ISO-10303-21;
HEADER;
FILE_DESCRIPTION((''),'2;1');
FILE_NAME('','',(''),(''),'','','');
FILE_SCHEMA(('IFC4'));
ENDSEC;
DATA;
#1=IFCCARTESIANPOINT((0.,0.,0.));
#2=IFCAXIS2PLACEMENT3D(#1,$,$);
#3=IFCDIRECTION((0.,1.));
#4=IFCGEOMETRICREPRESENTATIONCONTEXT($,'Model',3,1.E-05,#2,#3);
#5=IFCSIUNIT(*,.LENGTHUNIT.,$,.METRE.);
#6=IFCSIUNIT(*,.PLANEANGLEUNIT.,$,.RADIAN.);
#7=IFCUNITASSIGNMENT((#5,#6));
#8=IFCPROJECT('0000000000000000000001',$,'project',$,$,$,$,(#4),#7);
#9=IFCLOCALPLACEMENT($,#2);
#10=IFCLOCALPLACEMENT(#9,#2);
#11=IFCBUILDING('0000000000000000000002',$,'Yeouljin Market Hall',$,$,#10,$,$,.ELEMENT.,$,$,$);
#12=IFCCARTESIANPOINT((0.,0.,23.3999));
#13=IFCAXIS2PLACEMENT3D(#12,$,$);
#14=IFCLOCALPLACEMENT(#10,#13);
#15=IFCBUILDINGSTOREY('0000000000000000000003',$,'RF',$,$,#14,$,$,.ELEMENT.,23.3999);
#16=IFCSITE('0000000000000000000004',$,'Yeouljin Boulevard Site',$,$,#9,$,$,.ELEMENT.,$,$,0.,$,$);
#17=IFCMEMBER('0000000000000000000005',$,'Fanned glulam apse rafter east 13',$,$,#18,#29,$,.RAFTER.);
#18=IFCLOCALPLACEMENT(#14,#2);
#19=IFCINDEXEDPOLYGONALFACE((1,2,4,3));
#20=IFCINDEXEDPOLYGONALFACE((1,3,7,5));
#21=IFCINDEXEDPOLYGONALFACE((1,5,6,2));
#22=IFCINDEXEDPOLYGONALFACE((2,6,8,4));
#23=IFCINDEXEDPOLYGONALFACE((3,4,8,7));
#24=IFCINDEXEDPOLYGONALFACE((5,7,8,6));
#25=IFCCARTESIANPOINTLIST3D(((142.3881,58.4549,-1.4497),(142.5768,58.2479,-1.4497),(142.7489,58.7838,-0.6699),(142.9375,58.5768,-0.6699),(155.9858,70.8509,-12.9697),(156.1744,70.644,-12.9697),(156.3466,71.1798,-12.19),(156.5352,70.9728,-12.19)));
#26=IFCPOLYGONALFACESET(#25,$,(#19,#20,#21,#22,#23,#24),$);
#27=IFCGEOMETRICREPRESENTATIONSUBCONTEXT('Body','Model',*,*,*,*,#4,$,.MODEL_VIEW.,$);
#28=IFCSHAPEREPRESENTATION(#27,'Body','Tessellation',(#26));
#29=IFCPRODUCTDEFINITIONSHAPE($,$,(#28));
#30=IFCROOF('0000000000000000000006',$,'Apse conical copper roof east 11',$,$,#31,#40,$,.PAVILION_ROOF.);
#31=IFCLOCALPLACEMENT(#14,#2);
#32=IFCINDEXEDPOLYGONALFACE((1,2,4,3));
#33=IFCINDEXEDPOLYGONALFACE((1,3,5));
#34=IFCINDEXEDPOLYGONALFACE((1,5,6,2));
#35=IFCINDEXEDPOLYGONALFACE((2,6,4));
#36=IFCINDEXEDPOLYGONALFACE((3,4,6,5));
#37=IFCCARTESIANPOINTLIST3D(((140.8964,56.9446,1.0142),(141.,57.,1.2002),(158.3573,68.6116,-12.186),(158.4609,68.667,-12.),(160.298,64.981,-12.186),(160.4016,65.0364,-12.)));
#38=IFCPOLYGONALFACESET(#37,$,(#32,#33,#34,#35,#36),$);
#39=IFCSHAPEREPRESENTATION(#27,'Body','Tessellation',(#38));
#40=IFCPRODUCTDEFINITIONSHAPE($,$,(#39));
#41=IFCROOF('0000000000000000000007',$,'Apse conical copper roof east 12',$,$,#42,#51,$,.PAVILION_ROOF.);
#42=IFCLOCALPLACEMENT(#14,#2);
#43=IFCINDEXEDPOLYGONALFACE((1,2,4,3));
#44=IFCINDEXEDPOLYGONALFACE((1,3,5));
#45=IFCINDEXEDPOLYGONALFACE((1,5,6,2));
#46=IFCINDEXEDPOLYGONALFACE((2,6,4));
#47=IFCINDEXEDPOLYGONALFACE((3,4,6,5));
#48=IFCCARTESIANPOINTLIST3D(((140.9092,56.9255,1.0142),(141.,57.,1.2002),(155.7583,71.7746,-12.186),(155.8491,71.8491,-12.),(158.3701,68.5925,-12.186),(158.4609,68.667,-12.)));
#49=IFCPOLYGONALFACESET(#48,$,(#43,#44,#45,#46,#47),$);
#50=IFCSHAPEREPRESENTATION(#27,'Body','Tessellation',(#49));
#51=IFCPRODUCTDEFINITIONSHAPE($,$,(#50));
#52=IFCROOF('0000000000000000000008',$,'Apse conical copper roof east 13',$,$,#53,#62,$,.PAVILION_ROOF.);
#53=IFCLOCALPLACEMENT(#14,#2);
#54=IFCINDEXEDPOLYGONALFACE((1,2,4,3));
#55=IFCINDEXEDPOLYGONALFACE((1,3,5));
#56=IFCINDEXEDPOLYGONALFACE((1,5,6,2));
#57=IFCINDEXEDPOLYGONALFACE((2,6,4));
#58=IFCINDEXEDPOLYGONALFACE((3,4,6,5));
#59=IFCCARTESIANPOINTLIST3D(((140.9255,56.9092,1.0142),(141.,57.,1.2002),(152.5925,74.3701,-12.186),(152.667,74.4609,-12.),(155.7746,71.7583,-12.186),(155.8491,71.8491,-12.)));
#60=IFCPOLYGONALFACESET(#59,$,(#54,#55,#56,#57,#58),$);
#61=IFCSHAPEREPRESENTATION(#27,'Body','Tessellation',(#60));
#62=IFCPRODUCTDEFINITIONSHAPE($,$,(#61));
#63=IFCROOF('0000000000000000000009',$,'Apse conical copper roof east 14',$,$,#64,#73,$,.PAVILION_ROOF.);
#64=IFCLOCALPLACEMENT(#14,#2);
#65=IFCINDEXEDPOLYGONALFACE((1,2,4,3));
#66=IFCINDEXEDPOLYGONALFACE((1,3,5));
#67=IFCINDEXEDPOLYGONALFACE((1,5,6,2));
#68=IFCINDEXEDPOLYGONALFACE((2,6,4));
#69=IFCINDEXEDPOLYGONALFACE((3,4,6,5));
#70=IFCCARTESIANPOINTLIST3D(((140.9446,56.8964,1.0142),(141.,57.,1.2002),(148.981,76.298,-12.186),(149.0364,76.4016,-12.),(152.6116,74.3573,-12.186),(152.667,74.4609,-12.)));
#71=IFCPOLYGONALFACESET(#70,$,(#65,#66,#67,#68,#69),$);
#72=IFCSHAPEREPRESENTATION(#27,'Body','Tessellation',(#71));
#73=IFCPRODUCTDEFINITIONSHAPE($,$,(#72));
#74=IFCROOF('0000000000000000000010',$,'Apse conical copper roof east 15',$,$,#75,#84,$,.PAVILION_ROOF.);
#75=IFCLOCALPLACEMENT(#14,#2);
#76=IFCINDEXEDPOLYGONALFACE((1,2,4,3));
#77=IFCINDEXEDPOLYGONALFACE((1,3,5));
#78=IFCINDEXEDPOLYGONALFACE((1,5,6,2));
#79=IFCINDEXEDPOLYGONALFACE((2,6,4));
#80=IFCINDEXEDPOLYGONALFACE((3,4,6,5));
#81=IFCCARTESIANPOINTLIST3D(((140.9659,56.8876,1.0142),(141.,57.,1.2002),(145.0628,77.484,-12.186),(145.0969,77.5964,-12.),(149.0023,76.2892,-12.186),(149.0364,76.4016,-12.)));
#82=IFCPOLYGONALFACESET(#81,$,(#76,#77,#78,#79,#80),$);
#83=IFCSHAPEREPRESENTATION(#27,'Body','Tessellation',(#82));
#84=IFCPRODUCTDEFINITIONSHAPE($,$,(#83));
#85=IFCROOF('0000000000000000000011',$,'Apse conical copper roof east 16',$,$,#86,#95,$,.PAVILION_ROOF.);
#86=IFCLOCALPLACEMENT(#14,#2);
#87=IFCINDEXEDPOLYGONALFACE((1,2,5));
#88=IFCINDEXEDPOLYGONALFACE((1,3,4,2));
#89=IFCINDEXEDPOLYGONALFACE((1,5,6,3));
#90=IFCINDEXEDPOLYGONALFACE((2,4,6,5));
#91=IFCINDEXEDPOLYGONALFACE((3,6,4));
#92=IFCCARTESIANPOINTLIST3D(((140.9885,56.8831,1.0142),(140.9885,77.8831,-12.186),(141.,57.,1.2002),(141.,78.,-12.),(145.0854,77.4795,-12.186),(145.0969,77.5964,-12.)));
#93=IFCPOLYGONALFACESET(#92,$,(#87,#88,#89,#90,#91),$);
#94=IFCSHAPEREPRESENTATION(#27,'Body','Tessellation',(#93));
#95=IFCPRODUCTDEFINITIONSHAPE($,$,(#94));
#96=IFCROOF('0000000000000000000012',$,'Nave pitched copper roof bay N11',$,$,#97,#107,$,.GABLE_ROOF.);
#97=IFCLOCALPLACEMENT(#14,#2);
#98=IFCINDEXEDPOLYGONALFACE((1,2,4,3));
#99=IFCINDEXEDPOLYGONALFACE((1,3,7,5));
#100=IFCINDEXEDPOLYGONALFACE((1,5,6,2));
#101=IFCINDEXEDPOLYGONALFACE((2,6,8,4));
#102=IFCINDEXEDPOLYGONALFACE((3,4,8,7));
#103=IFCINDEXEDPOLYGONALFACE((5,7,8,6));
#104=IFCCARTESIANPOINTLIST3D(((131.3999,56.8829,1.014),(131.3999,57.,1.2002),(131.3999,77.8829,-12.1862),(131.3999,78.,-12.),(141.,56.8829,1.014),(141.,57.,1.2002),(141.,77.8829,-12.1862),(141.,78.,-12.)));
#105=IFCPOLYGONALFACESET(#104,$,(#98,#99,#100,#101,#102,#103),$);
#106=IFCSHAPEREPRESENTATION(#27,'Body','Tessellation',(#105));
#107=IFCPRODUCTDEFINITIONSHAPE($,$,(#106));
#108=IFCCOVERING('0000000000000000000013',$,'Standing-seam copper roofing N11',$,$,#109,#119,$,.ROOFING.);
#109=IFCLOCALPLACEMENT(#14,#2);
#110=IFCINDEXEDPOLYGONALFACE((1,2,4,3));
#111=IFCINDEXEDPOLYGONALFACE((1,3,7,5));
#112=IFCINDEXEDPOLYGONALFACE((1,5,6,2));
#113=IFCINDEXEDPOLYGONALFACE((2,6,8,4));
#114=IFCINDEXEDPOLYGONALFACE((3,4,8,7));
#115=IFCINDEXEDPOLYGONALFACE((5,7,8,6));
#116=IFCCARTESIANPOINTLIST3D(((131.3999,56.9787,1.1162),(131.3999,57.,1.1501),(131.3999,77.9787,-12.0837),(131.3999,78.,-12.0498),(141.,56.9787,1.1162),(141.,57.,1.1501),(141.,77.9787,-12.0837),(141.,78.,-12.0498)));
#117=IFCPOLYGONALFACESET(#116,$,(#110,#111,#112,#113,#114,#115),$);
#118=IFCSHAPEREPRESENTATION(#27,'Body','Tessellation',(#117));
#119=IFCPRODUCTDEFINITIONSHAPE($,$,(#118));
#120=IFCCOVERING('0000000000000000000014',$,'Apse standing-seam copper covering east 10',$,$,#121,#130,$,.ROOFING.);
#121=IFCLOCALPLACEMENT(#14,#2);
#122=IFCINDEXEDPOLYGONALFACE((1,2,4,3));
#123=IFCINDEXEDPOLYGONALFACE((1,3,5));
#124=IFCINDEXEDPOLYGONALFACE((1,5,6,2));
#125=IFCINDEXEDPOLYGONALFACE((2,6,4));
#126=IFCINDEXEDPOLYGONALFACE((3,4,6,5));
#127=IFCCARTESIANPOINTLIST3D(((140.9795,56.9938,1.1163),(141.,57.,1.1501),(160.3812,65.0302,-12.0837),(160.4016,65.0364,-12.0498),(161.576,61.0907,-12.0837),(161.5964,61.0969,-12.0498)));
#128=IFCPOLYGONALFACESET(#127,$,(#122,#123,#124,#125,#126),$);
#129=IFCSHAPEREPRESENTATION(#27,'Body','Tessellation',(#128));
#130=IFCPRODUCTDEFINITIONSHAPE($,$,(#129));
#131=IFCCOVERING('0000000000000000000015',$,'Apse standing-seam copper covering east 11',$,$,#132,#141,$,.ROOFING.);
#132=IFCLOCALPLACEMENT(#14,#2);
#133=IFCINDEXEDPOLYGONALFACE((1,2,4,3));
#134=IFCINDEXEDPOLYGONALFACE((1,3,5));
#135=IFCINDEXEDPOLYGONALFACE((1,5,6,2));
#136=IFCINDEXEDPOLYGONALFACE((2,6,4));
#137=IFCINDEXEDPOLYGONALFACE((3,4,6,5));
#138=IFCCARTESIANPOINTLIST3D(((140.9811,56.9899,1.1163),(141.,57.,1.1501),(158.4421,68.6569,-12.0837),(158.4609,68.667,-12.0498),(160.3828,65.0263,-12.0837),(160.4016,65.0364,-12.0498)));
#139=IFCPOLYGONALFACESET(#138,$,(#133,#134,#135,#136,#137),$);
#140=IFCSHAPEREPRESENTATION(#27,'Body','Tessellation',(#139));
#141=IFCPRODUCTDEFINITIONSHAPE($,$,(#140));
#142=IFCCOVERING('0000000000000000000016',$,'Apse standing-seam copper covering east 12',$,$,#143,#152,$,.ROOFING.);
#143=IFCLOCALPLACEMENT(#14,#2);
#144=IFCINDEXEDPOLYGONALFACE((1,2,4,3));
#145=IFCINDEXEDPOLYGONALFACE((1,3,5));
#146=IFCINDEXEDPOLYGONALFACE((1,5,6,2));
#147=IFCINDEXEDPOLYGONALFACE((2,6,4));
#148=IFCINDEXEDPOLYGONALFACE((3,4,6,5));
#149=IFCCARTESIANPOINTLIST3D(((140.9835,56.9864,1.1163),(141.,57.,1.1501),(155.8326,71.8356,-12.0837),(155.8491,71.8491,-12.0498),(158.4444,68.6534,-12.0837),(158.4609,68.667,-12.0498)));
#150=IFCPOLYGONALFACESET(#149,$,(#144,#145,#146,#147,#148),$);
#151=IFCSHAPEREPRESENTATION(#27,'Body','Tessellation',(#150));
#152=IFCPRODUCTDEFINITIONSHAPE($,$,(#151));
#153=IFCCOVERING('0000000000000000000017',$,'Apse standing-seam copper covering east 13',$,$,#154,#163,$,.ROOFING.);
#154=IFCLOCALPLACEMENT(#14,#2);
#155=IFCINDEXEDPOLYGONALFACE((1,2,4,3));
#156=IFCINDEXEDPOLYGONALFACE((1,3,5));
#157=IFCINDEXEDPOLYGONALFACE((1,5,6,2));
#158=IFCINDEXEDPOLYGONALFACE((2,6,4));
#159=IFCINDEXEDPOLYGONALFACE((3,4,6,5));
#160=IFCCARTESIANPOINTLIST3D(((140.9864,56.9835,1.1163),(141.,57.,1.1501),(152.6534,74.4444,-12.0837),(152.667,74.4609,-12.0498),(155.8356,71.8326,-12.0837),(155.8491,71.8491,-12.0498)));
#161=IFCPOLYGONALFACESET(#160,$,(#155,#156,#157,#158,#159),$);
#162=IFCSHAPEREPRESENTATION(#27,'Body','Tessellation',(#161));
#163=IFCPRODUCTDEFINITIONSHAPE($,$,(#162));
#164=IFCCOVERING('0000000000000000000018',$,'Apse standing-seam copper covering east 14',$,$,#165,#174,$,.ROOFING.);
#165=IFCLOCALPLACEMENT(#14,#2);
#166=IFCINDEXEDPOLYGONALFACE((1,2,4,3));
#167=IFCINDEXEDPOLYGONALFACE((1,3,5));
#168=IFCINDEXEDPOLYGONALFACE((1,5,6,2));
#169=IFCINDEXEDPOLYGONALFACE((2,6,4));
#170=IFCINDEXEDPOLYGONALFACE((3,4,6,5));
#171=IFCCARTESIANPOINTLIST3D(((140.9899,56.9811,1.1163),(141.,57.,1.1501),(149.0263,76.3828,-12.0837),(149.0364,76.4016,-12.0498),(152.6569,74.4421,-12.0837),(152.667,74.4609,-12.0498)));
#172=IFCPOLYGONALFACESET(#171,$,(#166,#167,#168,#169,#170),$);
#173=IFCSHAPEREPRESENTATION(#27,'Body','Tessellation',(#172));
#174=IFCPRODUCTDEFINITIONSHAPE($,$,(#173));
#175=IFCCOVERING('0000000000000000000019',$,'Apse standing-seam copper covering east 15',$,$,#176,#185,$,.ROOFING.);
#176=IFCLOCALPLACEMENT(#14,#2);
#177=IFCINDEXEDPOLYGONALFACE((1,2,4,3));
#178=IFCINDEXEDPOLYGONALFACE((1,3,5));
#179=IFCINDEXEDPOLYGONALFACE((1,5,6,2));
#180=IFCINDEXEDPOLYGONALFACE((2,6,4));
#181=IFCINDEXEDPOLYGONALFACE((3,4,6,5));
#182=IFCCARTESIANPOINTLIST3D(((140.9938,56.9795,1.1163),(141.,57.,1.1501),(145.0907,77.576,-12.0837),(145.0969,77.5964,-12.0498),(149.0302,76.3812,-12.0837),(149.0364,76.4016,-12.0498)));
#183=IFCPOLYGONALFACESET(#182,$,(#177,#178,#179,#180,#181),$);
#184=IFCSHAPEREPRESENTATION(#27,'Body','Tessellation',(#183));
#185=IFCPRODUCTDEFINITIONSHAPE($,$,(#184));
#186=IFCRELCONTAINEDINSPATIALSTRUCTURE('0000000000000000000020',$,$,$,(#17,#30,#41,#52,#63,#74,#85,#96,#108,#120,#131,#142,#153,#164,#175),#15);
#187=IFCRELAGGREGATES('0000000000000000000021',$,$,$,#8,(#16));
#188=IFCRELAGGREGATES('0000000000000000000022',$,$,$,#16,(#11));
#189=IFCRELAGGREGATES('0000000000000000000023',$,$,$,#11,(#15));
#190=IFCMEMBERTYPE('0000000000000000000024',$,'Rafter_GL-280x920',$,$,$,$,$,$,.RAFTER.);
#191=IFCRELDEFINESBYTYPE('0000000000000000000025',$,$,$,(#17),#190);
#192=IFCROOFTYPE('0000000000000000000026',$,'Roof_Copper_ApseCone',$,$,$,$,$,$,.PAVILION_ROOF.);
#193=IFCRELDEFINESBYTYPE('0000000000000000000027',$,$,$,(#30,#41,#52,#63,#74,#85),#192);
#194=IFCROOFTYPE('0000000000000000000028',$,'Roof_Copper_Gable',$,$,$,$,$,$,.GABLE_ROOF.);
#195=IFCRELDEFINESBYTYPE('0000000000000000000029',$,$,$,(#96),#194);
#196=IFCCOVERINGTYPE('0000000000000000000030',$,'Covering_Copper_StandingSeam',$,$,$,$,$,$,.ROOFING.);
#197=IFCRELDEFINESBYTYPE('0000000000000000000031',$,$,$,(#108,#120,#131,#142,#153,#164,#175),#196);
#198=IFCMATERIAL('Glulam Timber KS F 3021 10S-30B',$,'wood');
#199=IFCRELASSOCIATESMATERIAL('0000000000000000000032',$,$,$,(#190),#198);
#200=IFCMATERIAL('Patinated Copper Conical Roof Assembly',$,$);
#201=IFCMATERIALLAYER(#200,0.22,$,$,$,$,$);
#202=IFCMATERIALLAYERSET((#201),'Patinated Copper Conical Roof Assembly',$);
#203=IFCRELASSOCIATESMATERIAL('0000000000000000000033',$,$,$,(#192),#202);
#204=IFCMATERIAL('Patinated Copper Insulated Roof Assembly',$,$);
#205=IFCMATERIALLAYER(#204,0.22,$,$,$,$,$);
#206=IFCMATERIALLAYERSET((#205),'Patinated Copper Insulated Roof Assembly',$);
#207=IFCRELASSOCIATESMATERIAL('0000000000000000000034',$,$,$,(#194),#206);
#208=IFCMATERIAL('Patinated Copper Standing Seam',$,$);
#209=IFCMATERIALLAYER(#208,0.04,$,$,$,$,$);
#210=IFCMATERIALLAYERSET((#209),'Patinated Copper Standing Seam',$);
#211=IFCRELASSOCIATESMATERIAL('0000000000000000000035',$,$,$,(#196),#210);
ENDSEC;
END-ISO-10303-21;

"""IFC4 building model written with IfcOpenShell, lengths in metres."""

from ifc_helpers import new_model, si_unit, direction, frame, origin, origin_2d, place, context, subcontext, project, spatial, polyline, rectangle, outline, extrude, material, layer, layer_set, material_profile, profile_set, type_object, element, save


model = new_model("IFC4")

# Units and contexts
model_context = context("Model", 3, precision=1e-05, world=origin(), true_north=direction((0.0, 1.0)))
body_context = subcontext(model_context, "Body", "Model", "MODEL_VIEW")
ifc_project = project(units=[si_unit("LENGTHUNIT", "METRE"), si_unit("PLANEANGLEUNIT", "RADIAN")], contexts=[model_context])

# Site, building, storey
site_placement = place(None, origin())
site = spatial("IfcSite", under=ifc_project, at=site_placement, Name="Yeouljin Boulevard Site", CompositionType="ELEMENT", RefElevation=0.0)
building_placement = place(site_placement, origin())
building = spatial("IfcBuilding", under=site, at=building_placement, Name="Yeouljin Market Hall", CompositionType="ELEMENT")
storey_placement = place(building_placement, frame((0.0, 0.0, 23.3999)))
storey = spatial("IfcBuildingStorey", under=building, at=storey_placement, Name="RF", CompositionType="ELEMENT", Elevation=23.3999)

# Member
ifc_material_1 = material(Name="Glulam Timber KS F 3021 10S-30B", Category="wood")
ifc_material_profile_1 = material_profile(ifc_material_1, rectangle(XDim=0.28, YDim=0.9199, at=origin_2d()), Name="GL-280x920")
ifc_profile_set_1 = profile_set([ifc_material_profile_1], Name="Glulam Timber KS F 3021 10S-30B")
member_type_1 = type_object("IfcMemberType", Name="Rafter_GL-280x920", PredefinedType="RAFTER", material=ifc_profile_set_1)
member_1_placement = place(storey_placement, frame((156.2605, 70.9119, -12.5798), z_axis=(-0.626369, -0.571015, 0.530664), x_axis=(0.673698, -0.739006, 0.0)))
element("IfcMember", 1, at=member_1_placement, inside=storey, type_object=member_type_1, Name="Fanned glulam apse rafter east 13", PredefinedType="RAFTER", context=body_context, shape_type="SweptSolid", body=[
    extrude(rectangle(XDim=0.28, YDim=0.9199, at=origin_2d()), origin(), (0.0, 0.0, 1.0), 21.7087),
])

# Roofs
ifc_material_2 = material(Name="Patinated Copper Conical Roof Assembly")
ifc_layer_1 = layer(ifc_material_2, 0.22)
ifc_layer_set_1 = layer_set([ifc_layer_1], Name="Patinated Copper Conical Roof Assembly")
roof_type_1 = type_object("IfcRoofType", Name="Roof_Copper_ApseCone", PredefinedType="PAVILION_ROOF", material=ifc_layer_set_1)
roof_1_placement = place(storey_placement, frame((141.0, 57.0, 1.2002), z_axis=(0.470957, 0.251741, 0.845474), x_axis=(0.782189, 0.323992, -0.532175)))
element("IfcRoof", 2, at=roof_1_placement, inside=storey, type_object=roof_type_1, Name="Apse conical copper roof east 11", PredefinedType="PAVILION_ROOF", context=body_context, shape_type="SweptSolid", body=[
    extrude(outline(polyline([(0.0, 0.0), (24.8043, 0.0), (24.4626, 4.1025), (0.0, 0.0)])), origin(), (0.0, 0.0, -1.0), 0.22),
])
roof_2_placement = place(storey_placement, frame((141.0, 57.0, 1.2002), z_axis=(0.412783, 0.338803, 0.845472), x_axis=(0.703951, 0.470364, -0.532176)))
element("IfcRoof", 3, at=roof_2_placement, inside=storey, type_object=roof_type_1, Name="Apse conical copper roof east 12", PredefinedType="PAVILION_ROOF", context=body_context, shape_type="SweptSolid", body=[
    extrude(outline(polyline([(0.0, 0.0), (24.8042, 0.0), (24.4624, 4.1025), (0.0, 0.0)])), origin(), (0.0, 0.0, -1.0), 0.22),
])
roof_3_placement = place(storey_placement, frame((141.0, 57.0, 1.2002), z_axis=(0.338803, 0.412783, 0.845472), x_axis=(0.598659, 0.598659, -0.53218)))
element("IfcRoof", 4, at=roof_3_placement, inside=storey, type_object=roof_type_1, Name="Apse conical copper roof east 13", PredefinedType="PAVILION_ROOF", context=body_context, shape_type="SweptSolid", body=[
    extrude(outline(polyline([(0.0, 0.0), (24.804, 0.0), (24.4626, 4.1026), (0.0, 0.0)])), origin(), (0.0, 0.0, -1.0), 0.22),
])
roof_4_placement = place(storey_placement, frame((141.0, 57.0, 1.2002), z_axis=(0.251741, 0.470957, 0.845474), x_axis=(0.470364, 0.703951, -0.532176)))
element("IfcRoof", 5, at=roof_4_placement, inside=storey, type_object=roof_type_1, Name="Apse conical copper roof east 14", PredefinedType="PAVILION_ROOF", context=body_context, shape_type="SweptSolid", body=[
    extrude(outline(polyline([(0.0, 0.0), (24.8042, 0.0), (24.4626, 4.1025), (0.0, 0.0)])), origin(), (0.0, 0.0, -1.0), 0.22),
])
roof_5_placement = place(storey_placement, frame((141.0, 57.0, 1.2002), z_axis=(0.154994, 0.511031, 0.845473), x_axis=(0.323992, 0.782189, -0.532175)))
element("IfcRoof", 6, at=roof_5_placement, inside=storey, type_object=roof_type_1, Name="Apse conical copper roof east 15", PredefinedType="PAVILION_ROOF", context=body_context, shape_type="SweptSolid", body=[
    extrude(outline(polyline([(0.0, 0.0), (24.8043, 0.0), (24.4625, 4.1024), (0.0, 0.0)])), origin(), (0.0, 0.0, -1.0), 0.22),
])
roof_6_placement = place(storey_placement, frame((141.0, 57.0, 1.2002), z_axis=(0.05235, 0.531447, 0.845472), x_axis=(0.165171, 0.830364, -0.532178)))
element("IfcRoof", 7, at=roof_6_placement, inside=storey, type_object=roof_type_1, Name="Apse conical copper roof east 16", PredefinedType="PAVILION_ROOF", context=body_context, shape_type="SweptSolid", body=[
    extrude(outline(polyline([(0.0, 0.0), (24.8041, 0.0), (24.4625, 4.1026), (0.0, 0.0)])), origin(), (0.0, 0.0, -1.0), 0.22),
])
ifc_material_3 = material(Name="Patinated Copper Insulated Roof Assembly")
ifc_layer_2 = layer(ifc_material_3, 0.22)
ifc_layer_set_2 = layer_set([ifc_layer_2], Name="Patinated Copper Insulated Roof Assembly")
roof_type_2 = type_object("IfcRoofType", Name="Roof_Copper_Gable", PredefinedType="GABLE_ROOF", material=ifc_layer_set_2)
roof_7_placement = place(storey_placement, frame((141.0, 78.0, -12.0), z_axis=(0.0, 0.532177, 0.846633), x_axis=(-1.0, 0.0, 0.0)))
element("IfcRoof", 8, at=roof_7_placement, inside=storey, type_object=roof_type_2, Name="Nave pitched copper roof bay N11", PredefinedType="GABLE_ROOF", context=body_context, shape_type="SweptSolid", body=[
    extrude(outline(polyline([(0.0, 0.0), (9.6001, 0.0), (9.6001, 24.8041), (0.0, 24.8041), (0.0, 0.0)])), origin(), (0.0, 0.0, -1.0), 0.22),
])

# Coverings
ifc_material_4 = material(Name="Patinated Copper Standing Seam")
ifc_layer_3 = layer(ifc_material_4, 0.04)
ifc_layer_set_3 = layer_set([ifc_layer_3], Name="Patinated Copper Standing Seam")
covering_type = type_object("IfcCoveringType", Name="Covering_Copper_StandingSeam", PredefinedType="ROOFING", material=ifc_layer_set_3)
covering_1_placement = place(storey_placement, frame((141.0, 78.0, -12.0498), z_axis=(0.0, 0.53217, 0.846637), x_axis=(-1.0, 0.0, 0.0)))
element("IfcCovering", 9, at=covering_1_placement, inside=storey, type_object=covering_type, Name="Standing-seam copper roofing N11", PredefinedType="ROOFING", context=body_context, shape_type="SweptSolid", body=[
    extrude(outline(polyline([(0.0, 0.0), (9.6001, 0.0), (9.6001, 24.804), (0.0, 24.804), (0.0, 0.0)])), origin(), (0.0, 0.0, -1.0), 0.04),
])
covering_2_placement = place(storey_placement, frame((141.0, 57.0, 1.1501), z_axis=(0.511024, 0.154992, 0.845477), x_axis=(0.830369, 0.165172, -0.532171)))
element("IfcCovering", 10, at=covering_2_placement, inside=storey, type_object=covering_type, Name="Apse standing-seam copper covering east 10", PredefinedType="ROOFING", context=body_context, shape_type="SweptSolid", body=[
    extrude(outline(polyline([(0.0, 0.0), (24.804, 0.0), (24.4625, 4.1025), (0.0, 0.0)])), origin(), (0.0, 0.0, -1.0), 0.04),
])
covering_3_placement = place(storey_placement, frame((141.0, 57.0, 1.1501), z_axis=(0.470951, 0.251738, 0.845478), x_axis=(0.782193, 0.323994, -0.532168)))
element("IfcCovering", 11, at=covering_3_placement, inside=storey, type_object=covering_type, Name="Apse standing-seam copper covering east 11", PredefinedType="ROOFING", context=body_context, shape_type="SweptSolid", body=[
    extrude(outline(polyline([(0.0, 0.0), (24.8041, 0.0), (24.4624, 4.1025), (0.0, 0.0)])), origin(), (0.0, 0.0, -1.0), 0.04),
])
covering_4_placement = place(storey_placement, frame((141.0, 57.0, 1.1501), z_axis=(0.412778, 0.338798, 0.845476), x_axis=(0.703955, 0.470366, -0.532169)))
element("IfcCovering", 12, at=covering_4_placement, inside=storey, type_object=covering_type, Name="Apse standing-seam copper covering east 12", PredefinedType="ROOFING", context=body_context, shape_type="SweptSolid", body=[
    extrude(outline(polyline([(0.0, 0.0), (24.8041, 0.0), (24.4622, 4.1025), (0.0, 0.0)])), origin(), (0.0, 0.0, -1.0), 0.04),
])
covering_5_placement = place(storey_placement, frame((141.0, 57.0, 1.1501), z_axis=(0.338798, 0.412778, 0.845476), x_axis=(0.598662, 0.598662, -0.532173)))
element("IfcCovering", 13, at=covering_5_placement, inside=storey, type_object=covering_type, Name="Apse standing-seam copper covering east 13", PredefinedType="ROOFING", context=body_context, shape_type="SweptSolid", body=[
    extrude(outline(polyline([(0.0, 0.0), (24.8039, 0.0), (24.4624, 4.1026), (0.0, 0.0)])), origin(), (0.0, 0.0, -1.0), 0.04),
])
covering_6_placement = place(storey_placement, frame((141.0, 57.0, 1.1501), z_axis=(0.251738, 0.470951, 0.845478), x_axis=(0.470366, 0.703955, -0.532169)))
element("IfcCovering", 14, at=covering_6_placement, inside=storey, type_object=covering_type, Name="Apse standing-seam copper covering east 14", PredefinedType="ROOFING", context=body_context, shape_type="SweptSolid", body=[
    extrude(outline(polyline([(0.0, 0.0), (24.8041, 0.0), (24.4625, 4.1025), (0.0, 0.0)])), origin(), (0.0, 0.0, -1.0), 0.04),
])
covering_7_placement = place(storey_placement, frame((141.0, 57.0, 1.1501), z_axis=(0.154992, 0.511024, 0.845477), x_axis=(0.323994, 0.782193, -0.532168)))
element("IfcCovering", 15, at=covering_7_placement, inside=storey, type_object=covering_type, Name="Apse standing-seam copper covering east 15", PredefinedType="ROOFING", context=body_context, shape_type="SweptSolid", body=[
    extrude(outline(polyline([(0.0, 0.0), (24.8041, 0.0), (24.4623, 4.1024), (0.0, 0.0)])), origin(), (0.0, 0.0, -1.0), 0.04),
])

save(model, "model.ifc")
